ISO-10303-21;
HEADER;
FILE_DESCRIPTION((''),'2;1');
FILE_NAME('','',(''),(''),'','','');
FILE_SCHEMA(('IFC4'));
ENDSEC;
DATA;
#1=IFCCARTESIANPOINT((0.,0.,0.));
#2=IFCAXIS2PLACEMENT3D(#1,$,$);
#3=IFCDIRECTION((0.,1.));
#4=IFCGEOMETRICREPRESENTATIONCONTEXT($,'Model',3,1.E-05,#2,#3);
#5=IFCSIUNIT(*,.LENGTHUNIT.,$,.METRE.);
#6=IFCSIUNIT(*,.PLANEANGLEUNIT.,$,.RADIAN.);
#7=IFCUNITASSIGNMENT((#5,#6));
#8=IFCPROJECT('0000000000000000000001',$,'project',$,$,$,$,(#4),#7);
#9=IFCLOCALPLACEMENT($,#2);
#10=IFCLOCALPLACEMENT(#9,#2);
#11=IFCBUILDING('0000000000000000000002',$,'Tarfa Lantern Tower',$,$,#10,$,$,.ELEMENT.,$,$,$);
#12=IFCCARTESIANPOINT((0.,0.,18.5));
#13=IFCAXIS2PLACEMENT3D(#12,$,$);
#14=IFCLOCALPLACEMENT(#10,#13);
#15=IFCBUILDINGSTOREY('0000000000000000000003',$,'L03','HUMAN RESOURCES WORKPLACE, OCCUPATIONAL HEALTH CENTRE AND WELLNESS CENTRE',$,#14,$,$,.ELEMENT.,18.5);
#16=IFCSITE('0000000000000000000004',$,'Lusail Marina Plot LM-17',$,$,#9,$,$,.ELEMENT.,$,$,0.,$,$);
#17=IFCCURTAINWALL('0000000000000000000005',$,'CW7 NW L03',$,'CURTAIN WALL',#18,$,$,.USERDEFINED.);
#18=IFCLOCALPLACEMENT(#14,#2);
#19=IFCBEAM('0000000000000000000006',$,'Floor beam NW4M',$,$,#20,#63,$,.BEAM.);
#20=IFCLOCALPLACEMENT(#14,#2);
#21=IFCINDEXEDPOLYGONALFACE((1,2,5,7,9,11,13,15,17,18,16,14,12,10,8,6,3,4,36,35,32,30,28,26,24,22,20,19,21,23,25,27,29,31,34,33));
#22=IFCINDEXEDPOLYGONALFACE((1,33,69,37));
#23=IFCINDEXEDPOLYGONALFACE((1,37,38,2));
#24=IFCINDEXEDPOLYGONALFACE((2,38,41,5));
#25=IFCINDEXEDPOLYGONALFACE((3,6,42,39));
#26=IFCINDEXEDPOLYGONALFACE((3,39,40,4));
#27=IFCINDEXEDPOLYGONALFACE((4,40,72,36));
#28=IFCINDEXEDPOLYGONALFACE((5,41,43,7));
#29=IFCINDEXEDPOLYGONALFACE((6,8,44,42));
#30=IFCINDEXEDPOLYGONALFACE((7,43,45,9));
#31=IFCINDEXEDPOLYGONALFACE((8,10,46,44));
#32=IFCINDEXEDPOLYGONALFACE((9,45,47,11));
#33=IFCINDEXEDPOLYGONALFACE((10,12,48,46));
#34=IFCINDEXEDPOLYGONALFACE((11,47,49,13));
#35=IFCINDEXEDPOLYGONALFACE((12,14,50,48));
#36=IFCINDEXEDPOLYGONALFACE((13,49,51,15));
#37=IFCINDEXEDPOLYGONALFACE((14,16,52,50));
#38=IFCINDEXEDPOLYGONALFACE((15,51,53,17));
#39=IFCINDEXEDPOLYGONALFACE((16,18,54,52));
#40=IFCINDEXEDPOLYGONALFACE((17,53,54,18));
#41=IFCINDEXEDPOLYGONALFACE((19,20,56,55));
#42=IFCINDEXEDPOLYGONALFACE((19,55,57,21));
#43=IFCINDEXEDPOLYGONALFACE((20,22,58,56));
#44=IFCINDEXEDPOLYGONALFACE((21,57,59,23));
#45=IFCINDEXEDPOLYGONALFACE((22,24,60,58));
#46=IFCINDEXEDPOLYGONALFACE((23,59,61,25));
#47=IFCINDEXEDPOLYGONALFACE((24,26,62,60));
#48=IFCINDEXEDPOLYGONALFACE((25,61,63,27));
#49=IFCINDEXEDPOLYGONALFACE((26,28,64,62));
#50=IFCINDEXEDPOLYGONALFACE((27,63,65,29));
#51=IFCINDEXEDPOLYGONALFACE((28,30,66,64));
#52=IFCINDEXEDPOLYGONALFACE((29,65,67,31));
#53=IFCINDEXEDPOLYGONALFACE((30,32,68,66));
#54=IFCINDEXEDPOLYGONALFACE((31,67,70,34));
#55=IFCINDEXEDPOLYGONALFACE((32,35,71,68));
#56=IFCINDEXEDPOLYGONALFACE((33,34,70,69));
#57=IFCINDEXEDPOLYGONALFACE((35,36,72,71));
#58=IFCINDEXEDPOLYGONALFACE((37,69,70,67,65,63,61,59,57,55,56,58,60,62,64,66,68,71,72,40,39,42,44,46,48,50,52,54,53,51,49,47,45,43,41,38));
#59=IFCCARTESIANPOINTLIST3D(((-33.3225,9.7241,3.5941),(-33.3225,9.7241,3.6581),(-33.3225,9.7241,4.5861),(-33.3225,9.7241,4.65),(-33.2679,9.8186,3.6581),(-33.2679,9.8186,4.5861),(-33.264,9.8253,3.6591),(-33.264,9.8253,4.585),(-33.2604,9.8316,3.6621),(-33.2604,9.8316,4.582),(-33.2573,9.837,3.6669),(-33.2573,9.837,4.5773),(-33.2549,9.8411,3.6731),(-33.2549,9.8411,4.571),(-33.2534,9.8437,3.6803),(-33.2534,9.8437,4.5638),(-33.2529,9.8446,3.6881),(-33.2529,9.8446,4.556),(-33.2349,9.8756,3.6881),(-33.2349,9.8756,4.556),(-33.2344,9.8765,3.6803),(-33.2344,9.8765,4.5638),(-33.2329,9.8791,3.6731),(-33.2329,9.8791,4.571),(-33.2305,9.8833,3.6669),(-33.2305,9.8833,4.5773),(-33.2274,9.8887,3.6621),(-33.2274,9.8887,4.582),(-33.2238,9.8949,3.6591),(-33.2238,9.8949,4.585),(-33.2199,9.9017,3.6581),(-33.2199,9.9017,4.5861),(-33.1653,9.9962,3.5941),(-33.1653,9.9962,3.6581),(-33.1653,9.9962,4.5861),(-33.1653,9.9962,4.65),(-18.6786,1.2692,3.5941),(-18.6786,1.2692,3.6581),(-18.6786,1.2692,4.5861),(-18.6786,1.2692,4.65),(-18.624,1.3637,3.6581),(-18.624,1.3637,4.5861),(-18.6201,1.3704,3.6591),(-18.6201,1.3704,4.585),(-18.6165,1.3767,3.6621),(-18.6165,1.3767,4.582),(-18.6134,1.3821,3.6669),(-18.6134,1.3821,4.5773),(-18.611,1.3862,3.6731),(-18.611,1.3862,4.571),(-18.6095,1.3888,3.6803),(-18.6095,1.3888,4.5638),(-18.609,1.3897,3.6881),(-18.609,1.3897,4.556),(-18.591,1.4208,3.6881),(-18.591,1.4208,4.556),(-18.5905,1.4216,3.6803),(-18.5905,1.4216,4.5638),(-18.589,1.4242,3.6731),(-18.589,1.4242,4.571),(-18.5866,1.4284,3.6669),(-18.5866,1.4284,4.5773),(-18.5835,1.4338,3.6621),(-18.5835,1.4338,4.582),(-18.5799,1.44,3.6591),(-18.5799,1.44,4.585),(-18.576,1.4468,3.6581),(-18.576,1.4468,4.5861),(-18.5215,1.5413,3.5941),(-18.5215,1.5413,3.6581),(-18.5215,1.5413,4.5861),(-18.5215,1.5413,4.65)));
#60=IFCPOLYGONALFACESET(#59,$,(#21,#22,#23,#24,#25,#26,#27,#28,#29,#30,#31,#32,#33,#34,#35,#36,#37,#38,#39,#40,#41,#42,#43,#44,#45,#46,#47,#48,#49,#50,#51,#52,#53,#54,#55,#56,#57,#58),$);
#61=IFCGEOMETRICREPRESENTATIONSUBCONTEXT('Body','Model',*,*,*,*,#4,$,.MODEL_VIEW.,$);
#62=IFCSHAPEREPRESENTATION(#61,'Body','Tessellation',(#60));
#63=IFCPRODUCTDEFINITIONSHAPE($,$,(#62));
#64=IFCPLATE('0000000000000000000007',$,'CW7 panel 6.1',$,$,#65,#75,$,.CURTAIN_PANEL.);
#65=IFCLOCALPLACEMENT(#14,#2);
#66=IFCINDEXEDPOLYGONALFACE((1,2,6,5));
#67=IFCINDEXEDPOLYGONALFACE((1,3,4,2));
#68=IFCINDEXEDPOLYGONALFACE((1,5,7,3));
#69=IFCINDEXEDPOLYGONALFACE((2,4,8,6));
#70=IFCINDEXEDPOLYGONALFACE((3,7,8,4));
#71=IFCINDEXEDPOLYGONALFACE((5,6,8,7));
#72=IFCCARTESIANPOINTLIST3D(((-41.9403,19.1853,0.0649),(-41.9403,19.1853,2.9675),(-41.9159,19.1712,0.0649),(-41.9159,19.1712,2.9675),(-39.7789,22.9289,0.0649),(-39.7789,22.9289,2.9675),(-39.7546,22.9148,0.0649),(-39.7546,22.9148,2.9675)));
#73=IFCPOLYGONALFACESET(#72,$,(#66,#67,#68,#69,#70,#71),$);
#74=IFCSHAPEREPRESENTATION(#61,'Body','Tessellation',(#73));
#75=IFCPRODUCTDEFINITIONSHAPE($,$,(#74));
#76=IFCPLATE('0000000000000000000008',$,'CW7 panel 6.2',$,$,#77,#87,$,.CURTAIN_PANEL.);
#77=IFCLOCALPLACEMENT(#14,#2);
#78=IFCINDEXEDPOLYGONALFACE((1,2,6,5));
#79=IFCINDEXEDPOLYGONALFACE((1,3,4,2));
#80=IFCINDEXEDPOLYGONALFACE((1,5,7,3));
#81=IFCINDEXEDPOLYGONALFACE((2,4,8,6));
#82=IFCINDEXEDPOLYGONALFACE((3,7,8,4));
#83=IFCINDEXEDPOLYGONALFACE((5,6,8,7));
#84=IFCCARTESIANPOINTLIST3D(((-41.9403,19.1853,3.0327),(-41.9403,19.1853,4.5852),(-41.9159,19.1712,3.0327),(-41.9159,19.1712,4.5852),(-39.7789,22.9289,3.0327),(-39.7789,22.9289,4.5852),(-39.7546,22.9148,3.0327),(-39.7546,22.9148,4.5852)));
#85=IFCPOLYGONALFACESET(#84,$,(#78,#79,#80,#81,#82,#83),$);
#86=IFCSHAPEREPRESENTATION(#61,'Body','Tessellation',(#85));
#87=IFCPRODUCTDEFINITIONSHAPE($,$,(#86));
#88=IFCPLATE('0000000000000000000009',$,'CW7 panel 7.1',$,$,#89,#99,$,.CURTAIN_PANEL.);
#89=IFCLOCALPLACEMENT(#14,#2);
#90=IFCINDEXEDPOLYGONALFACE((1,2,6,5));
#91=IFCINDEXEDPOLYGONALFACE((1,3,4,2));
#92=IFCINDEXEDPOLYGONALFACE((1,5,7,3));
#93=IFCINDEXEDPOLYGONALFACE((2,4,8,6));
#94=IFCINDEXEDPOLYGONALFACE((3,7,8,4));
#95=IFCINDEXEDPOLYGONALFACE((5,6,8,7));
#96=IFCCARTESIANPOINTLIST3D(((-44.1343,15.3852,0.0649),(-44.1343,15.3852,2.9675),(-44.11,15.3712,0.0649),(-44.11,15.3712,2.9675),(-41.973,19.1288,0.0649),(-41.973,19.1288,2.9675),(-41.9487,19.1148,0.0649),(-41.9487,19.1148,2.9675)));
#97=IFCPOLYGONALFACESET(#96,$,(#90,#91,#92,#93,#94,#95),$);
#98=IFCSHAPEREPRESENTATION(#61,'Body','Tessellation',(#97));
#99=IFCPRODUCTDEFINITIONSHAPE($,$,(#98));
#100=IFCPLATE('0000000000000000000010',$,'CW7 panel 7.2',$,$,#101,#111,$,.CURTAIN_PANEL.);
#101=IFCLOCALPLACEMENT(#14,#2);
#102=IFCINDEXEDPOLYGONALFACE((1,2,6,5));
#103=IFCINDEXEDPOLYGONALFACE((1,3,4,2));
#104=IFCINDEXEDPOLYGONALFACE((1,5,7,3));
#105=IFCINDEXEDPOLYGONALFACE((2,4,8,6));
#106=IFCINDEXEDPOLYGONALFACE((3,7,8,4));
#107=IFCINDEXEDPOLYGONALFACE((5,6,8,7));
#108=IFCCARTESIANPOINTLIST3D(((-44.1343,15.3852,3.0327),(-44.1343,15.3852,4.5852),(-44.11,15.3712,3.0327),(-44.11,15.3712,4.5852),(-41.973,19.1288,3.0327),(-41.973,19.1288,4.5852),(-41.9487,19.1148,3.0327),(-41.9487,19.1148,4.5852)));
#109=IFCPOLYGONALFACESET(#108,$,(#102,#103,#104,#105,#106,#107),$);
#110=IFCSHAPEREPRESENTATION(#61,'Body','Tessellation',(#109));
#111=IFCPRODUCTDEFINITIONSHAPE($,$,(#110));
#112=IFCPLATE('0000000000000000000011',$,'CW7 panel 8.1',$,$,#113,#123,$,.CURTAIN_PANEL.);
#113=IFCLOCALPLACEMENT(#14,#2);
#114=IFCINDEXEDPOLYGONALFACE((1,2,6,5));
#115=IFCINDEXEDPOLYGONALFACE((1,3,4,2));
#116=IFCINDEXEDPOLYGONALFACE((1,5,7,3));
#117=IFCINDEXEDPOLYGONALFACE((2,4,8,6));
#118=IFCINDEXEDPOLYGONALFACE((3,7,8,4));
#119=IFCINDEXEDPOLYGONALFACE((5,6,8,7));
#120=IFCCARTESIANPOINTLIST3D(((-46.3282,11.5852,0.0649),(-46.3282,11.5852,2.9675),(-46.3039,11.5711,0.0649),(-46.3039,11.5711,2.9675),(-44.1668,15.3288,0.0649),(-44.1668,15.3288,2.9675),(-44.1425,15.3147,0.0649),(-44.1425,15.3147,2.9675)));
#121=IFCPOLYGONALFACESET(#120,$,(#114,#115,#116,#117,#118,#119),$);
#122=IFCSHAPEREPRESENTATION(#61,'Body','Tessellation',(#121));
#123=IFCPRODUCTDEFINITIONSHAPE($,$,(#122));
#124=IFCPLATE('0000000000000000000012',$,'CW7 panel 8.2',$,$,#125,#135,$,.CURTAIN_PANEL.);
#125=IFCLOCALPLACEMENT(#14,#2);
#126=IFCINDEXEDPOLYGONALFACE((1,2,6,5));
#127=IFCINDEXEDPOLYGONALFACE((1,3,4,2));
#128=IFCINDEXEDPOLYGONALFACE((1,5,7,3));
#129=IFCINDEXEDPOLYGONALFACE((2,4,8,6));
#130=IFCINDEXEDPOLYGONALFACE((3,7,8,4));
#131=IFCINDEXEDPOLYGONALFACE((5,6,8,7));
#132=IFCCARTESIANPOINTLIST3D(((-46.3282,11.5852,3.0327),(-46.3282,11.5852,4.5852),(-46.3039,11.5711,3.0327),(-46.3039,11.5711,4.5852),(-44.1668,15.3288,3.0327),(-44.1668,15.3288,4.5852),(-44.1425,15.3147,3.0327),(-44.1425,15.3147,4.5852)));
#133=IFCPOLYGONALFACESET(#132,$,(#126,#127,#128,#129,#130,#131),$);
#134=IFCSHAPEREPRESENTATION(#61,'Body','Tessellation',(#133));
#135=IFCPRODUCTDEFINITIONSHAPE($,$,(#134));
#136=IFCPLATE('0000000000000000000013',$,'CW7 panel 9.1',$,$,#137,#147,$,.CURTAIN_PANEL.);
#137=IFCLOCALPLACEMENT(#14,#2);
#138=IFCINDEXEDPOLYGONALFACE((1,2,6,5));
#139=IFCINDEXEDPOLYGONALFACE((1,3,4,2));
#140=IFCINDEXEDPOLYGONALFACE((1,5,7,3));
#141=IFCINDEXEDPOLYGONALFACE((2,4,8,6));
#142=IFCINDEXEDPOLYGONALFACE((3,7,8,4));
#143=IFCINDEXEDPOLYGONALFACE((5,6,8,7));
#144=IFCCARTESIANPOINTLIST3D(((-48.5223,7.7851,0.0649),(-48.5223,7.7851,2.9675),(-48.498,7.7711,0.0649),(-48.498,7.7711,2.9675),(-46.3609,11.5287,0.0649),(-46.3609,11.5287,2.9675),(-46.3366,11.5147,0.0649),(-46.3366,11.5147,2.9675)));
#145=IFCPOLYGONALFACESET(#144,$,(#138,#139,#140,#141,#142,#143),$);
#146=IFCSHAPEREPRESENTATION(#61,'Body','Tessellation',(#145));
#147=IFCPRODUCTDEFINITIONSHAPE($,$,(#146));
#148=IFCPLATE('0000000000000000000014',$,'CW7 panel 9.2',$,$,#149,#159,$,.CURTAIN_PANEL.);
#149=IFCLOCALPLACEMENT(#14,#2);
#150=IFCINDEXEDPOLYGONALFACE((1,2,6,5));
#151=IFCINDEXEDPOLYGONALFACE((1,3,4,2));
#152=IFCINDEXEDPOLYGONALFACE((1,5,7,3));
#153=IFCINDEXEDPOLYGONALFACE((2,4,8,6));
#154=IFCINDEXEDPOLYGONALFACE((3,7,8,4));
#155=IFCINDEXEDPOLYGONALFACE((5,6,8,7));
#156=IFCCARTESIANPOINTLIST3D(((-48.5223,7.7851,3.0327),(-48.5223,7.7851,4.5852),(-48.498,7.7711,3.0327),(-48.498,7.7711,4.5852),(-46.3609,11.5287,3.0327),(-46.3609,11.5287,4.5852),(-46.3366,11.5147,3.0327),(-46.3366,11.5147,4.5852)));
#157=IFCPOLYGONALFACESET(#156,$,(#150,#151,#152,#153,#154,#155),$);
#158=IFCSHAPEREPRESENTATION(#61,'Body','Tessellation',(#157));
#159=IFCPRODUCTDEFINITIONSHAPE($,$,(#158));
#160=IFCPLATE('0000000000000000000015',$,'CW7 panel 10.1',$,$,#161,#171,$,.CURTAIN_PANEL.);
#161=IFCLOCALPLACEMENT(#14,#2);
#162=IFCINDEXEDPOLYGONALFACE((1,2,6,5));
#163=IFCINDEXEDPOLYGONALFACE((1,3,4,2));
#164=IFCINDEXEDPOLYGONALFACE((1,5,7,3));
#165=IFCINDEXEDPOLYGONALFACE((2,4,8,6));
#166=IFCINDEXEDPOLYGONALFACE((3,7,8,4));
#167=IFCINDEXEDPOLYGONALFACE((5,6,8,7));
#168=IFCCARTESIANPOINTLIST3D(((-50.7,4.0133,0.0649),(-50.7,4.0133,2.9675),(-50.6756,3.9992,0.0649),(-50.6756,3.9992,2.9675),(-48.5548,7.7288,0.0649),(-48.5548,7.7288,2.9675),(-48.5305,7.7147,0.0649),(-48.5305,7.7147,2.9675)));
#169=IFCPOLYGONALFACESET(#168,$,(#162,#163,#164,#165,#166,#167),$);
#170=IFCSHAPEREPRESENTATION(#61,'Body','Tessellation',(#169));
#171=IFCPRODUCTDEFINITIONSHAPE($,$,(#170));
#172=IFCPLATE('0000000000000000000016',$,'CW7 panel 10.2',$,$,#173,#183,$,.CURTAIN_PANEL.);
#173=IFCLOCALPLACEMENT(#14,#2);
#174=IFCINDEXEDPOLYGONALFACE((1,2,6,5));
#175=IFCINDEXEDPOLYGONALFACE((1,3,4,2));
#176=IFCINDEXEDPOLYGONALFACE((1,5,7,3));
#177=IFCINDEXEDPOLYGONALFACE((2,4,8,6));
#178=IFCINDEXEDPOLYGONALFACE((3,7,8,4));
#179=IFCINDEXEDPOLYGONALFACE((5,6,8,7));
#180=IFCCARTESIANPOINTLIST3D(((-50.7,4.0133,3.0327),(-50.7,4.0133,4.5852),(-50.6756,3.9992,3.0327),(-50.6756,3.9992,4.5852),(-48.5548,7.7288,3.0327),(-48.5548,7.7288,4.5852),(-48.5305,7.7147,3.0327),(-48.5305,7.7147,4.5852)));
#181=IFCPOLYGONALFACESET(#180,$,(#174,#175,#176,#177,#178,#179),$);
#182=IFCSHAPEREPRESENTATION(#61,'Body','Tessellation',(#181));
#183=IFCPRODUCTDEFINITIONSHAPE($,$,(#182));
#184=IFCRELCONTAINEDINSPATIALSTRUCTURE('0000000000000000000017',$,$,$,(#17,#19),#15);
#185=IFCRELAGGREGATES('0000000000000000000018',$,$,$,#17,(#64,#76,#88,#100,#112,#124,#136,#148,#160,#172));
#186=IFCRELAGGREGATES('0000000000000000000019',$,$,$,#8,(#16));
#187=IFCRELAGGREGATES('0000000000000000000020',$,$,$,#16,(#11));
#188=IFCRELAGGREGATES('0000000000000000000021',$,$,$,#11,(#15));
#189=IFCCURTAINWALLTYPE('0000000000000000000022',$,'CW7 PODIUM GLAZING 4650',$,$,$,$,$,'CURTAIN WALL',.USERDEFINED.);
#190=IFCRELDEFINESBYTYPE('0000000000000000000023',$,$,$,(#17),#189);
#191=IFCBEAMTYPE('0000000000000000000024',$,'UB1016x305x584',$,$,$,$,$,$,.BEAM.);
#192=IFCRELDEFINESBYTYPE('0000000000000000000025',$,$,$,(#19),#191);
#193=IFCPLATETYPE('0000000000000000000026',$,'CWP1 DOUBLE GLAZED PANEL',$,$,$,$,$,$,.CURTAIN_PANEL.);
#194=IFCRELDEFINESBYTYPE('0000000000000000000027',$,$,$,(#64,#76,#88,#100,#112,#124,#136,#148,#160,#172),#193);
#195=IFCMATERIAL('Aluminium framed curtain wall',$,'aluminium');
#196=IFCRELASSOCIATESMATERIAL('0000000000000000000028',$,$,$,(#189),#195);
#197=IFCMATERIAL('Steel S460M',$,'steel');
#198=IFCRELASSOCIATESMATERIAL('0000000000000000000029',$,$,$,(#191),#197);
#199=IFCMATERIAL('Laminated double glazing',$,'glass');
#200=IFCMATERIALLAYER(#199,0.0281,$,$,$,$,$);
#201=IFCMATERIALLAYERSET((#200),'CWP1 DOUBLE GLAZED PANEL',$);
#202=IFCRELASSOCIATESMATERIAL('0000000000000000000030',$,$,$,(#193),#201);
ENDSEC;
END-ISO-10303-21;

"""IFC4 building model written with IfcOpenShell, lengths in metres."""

from ifc_helpers import new_model, si_unit, direction, frame, origin, origin_2d, place, context, subcontext, project, spatial, rectangle, i_section, extrude, material, layer, layer_set, material_profile, profile_set, type_object, element, aggregate, save


model = new_model("IFC4")

# Units and contexts
model_context = context("Model", 3, precision=1e-05, world=origin(), true_north=direction((0.0, 1.0)))
body_context = subcontext(model_context, "Body", "Model", "MODEL_VIEW")
ifc_project = project(units=[si_unit("LENGTHUNIT", "METRE"), si_unit("PLANEANGLEUNIT", "RADIAN")], contexts=[model_context])

# Site, building, storey
site_placement = place(None, origin())
site = spatial("IfcSite", under=ifc_project, at=site_placement, Name="Lusail Marina Plot LM-17", CompositionType="ELEMENT", RefElevation=0.0)
building_placement = place(site_placement, origin())
building = spatial("IfcBuilding", under=site, at=building_placement, Name="Tarfa Lantern Tower", CompositionType="ELEMENT")
storey_placement = place(building_placement, frame((0.0, 0.0, 18.5)))
storey = spatial("IfcBuildingStorey", under=building, at=storey_placement, Name="L03", Description="HUMAN RESOURCES WORKPLACE, OCCUPATIONAL HEALTH CENTRE AND WELLNESS CENTRE", CompositionType="ELEMENT", Elevation=18.5)

# Curtain wall
ifc_material_1 = material(Name="Aluminium framed curtain wall", Category="aluminium")
curtain_wall_type = type_object("IfcCurtainWallType", Name="CW7 PODIUM GLAZING 4650", ElementType="CURTAIN WALL", PredefinedType="USERDEFINED", material=ifc_material_1)
curtain_wall_placement = place(storey_placement, origin())
curtain_wall = element("IfcCurtainWall", 1, at=curtain_wall_placement, inside=storey, type_object=curtain_wall_type, Name="CW7 NW L03", ObjectType="CURTAIN WALL", PredefinedType="USERDEFINED")

# Beam
ifc_material_2 = material(Name="Steel S460M", Category="steel")
ifc_material_profile_1 = material_profile(ifc_material_2, i_section(OverallWidth=0.3142, OverallDepth=1.0559, WebThickness=0.0359, FlangeThickness=0.064, FilletRadius=0.03, at=origin_2d()), Name="UB1016x305x584")
ifc_profile_set_1 = profile_set([ifc_material_profile_1], Name="Steel S460M")
beam_type_1 = type_object("IfcBeamType", Name="UB1016x305x584", PredefinedType="BEAM", material=ifc_profile_set_1)
beam_1_placement = place(storey_placement, frame((-33.2439, 9.8601, 4.1221), z_axis=(0.866019, -0.50001, 0.0), x_axis=(0.50001, 0.866019, 0.0)))
element("IfcBeam", 2, at=beam_1_placement, inside=storey, type_object=beam_type_1, Name="Floor beam NW4M", PredefinedType="BEAM", context=body_context, shape_type="SweptSolid", body=[
    extrude(i_section(OverallWidth=0.3142, OverallDepth=1.0559, WebThickness=0.0359, FlangeThickness=0.064, FilletRadius=0.03, at=origin_2d()), origin(), (0.0, 0.0, 1.0), 16.9094),
])

# Plates
ifc_material_3 = material(Name="Laminated double glazing", Category="glass")
ifc_layer = layer(ifc_material_3, 0.0281)
ifc_layer_set = layer_set([ifc_layer], Name="CWP1 DOUBLE GLAZED PANEL")
plate_type = type_object("IfcPlateType", Name="CWP1 DOUBLE GLAZED PANEL", PredefinedType="CURTAIN_PANEL", material=ifc_layer_set)
plate_1_placement = place(storey_placement, frame((-40.8474, 21.05, 0.0649), z_axis=(0.0, 0.0, 1.0), x_axis=(-0.5, -0.866025, 0.0)))
plate_1 = element("IfcPlate", 3, at=plate_1_placement, type_object=plate_type, Name="CW7 panel 6.1", PredefinedType="CURTAIN_PANEL", context=body_context, shape_type="SweptSolid", body=[
    extrude(rectangle(XDim=4.3228, YDim=0.0281, at=origin_2d()), origin(), (0.0, 0.0, 1.0), 2.9026),
])
plate_2_placement = place(storey_placement, frame((-40.8474, 21.05, 3.0327), z_axis=(0.0, 0.0, 1.0), x_axis=(-0.5, -0.866025, 0.0)))
plate_2 = element("IfcPlate", 4, at=plate_2_placement, type_object=plate_type, Name="CW7 panel 6.2", PredefinedType="CURTAIN_PANEL", context=body_context, shape_type="SweptSolid", body=[
    extrude(rectangle(XDim=4.3228, YDim=0.0281, at=origin_2d()), origin(), (0.0, 0.0, 1.0), 1.5525),
])
plate_3_placement = place(storey_placement, frame((-43.0415, 17.25, 0.0649), z_axis=(0.0, 0.0, 1.0), x_axis=(-0.5, -0.866025, 0.0)))
plate_3 = element("IfcPlate", 5, at=plate_3_placement, type_object=plate_type, Name="CW7 panel 7.1", PredefinedType="CURTAIN_PANEL", context=body_context, shape_type="SweptSolid", body=[
    extrude(rectangle(XDim=4.3228, YDim=0.0281, at=origin_2d()), origin(), (0.0, 0.0, 1.0), 2.9026),
])
plate_4_placement = place(storey_placement, frame((-43.0415, 17.25, 3.0327), z_axis=(0.0, 0.0, 1.0), x_axis=(-0.5, -0.866025, 0.0)))
plate_4 = element("IfcPlate", 6, at=plate_4_placement, type_object=plate_type, Name="CW7 panel 7.2", PredefinedType="CURTAIN_PANEL", context=body_context, shape_type="SweptSolid", body=[
    extrude(rectangle(XDim=4.3228, YDim=0.0281, at=origin_2d()), origin(), (0.0, 0.0, 1.0), 1.5525),
])
plate_5_placement = place(storey_placement, frame((-45.2354, 13.45, 0.0649), z_axis=(0.0, 0.0, 1.0), x_axis=(-0.5, -0.866025, 0.0)))
plate_5 = element("IfcPlate", 7, at=plate_5_placement, type_object=plate_type, Name="CW7 panel 8.1", PredefinedType="CURTAIN_PANEL", context=body_context, shape_type="SweptSolid", body=[
    extrude(rectangle(XDim=4.3228, YDim=0.0281, at=origin_2d()), origin(), (0.0, 0.0, 1.0), 2.9026),
])
plate_6_placement = place(storey_placement, frame((-45.2354, 13.45, 3.0327), z_axis=(0.0, 0.0, 1.0), x_axis=(-0.5, -0.866025, 0.0)))
plate_6 = element("IfcPlate", 8, at=plate_6_placement, type_object=plate_type, Name="CW7 panel 8.2", PredefinedType="CURTAIN_PANEL", context=body_context, shape_type="SweptSolid", body=[
    extrude(rectangle(XDim=4.3228, YDim=0.0281, at=origin_2d()), origin(), (0.0, 0.0, 1.0), 1.5525),
])
plate_7_placement = place(storey_placement, frame((-47.4294, 9.6499, 0.0649), z_axis=(0.0, 0.0, 1.0), x_axis=(-0.5, -0.866025, 0.0)))
plate_7 = element("IfcPlate", 9, at=plate_7_placement, type_object=plate_type, Name="CW7 panel 9.1", PredefinedType="CURTAIN_PANEL", context=body_context, shape_type="SweptSolid", body=[
    extrude(rectangle(XDim=4.3228, YDim=0.0281, at=origin_2d()), origin(), (0.0, 0.0, 1.0), 2.9026),
])
plate_8_placement = place(storey_placement, frame((-47.4294, 9.6499, 3.0327), z_axis=(0.0, 0.0, 1.0), x_axis=(-0.5, -0.866025, 0.0)))
plate_8 = element("IfcPlate", 10, at=plate_8_placement, type_object=plate_type, Name="CW7 panel 9.2", PredefinedType="CURTAIN_PANEL", context=body_context, shape_type="SweptSolid", body=[
    extrude(rectangle(XDim=4.3228, YDim=0.0281, at=origin_2d()), origin(), (0.0, 0.0, 1.0), 1.5525),
])
plate_9_placement = place(storey_placement, frame((-49.6152, 5.864, 0.0649), z_axis=(0.0, 0.0, 1.0), x_axis=(-0.5, -0.866025, 0.0)))
plate_9 = element("IfcPlate", 11, at=plate_9_placement, type_object=plate_type, Name="CW7 panel 10.1", PredefinedType="CURTAIN_PANEL", context=body_context, shape_type="SweptSolid", body=[
    extrude(rectangle(XDim=4.2903, YDim=0.0281, at=origin_2d()), origin(), (0.0, 0.0, 1.0), 2.9026),
])
plate_10_placement = place(storey_placement, frame((-49.6152, 5.864, 3.0327), z_axis=(0.0, 0.0, 1.0), x_axis=(-0.5, -0.866025, 0.0)))
plate_10 = element("IfcPlate", 12, at=plate_10_placement, type_object=plate_type, Name="CW7 panel 10.2", PredefinedType="CURTAIN_PANEL", context=body_context, shape_type="SweptSolid", body=[
    extrude(rectangle(XDim=4.2903, YDim=0.0281, at=origin_2d()), origin(), (0.0, 0.0, 1.0), 1.5525),
])
aggregate(curtain_wall, [plate_1, plate_2, plate_3, plate_4, plate_5, plate_6, plate_7, plate_8, plate_9, plate_10])

save(model, "model.ifc")
